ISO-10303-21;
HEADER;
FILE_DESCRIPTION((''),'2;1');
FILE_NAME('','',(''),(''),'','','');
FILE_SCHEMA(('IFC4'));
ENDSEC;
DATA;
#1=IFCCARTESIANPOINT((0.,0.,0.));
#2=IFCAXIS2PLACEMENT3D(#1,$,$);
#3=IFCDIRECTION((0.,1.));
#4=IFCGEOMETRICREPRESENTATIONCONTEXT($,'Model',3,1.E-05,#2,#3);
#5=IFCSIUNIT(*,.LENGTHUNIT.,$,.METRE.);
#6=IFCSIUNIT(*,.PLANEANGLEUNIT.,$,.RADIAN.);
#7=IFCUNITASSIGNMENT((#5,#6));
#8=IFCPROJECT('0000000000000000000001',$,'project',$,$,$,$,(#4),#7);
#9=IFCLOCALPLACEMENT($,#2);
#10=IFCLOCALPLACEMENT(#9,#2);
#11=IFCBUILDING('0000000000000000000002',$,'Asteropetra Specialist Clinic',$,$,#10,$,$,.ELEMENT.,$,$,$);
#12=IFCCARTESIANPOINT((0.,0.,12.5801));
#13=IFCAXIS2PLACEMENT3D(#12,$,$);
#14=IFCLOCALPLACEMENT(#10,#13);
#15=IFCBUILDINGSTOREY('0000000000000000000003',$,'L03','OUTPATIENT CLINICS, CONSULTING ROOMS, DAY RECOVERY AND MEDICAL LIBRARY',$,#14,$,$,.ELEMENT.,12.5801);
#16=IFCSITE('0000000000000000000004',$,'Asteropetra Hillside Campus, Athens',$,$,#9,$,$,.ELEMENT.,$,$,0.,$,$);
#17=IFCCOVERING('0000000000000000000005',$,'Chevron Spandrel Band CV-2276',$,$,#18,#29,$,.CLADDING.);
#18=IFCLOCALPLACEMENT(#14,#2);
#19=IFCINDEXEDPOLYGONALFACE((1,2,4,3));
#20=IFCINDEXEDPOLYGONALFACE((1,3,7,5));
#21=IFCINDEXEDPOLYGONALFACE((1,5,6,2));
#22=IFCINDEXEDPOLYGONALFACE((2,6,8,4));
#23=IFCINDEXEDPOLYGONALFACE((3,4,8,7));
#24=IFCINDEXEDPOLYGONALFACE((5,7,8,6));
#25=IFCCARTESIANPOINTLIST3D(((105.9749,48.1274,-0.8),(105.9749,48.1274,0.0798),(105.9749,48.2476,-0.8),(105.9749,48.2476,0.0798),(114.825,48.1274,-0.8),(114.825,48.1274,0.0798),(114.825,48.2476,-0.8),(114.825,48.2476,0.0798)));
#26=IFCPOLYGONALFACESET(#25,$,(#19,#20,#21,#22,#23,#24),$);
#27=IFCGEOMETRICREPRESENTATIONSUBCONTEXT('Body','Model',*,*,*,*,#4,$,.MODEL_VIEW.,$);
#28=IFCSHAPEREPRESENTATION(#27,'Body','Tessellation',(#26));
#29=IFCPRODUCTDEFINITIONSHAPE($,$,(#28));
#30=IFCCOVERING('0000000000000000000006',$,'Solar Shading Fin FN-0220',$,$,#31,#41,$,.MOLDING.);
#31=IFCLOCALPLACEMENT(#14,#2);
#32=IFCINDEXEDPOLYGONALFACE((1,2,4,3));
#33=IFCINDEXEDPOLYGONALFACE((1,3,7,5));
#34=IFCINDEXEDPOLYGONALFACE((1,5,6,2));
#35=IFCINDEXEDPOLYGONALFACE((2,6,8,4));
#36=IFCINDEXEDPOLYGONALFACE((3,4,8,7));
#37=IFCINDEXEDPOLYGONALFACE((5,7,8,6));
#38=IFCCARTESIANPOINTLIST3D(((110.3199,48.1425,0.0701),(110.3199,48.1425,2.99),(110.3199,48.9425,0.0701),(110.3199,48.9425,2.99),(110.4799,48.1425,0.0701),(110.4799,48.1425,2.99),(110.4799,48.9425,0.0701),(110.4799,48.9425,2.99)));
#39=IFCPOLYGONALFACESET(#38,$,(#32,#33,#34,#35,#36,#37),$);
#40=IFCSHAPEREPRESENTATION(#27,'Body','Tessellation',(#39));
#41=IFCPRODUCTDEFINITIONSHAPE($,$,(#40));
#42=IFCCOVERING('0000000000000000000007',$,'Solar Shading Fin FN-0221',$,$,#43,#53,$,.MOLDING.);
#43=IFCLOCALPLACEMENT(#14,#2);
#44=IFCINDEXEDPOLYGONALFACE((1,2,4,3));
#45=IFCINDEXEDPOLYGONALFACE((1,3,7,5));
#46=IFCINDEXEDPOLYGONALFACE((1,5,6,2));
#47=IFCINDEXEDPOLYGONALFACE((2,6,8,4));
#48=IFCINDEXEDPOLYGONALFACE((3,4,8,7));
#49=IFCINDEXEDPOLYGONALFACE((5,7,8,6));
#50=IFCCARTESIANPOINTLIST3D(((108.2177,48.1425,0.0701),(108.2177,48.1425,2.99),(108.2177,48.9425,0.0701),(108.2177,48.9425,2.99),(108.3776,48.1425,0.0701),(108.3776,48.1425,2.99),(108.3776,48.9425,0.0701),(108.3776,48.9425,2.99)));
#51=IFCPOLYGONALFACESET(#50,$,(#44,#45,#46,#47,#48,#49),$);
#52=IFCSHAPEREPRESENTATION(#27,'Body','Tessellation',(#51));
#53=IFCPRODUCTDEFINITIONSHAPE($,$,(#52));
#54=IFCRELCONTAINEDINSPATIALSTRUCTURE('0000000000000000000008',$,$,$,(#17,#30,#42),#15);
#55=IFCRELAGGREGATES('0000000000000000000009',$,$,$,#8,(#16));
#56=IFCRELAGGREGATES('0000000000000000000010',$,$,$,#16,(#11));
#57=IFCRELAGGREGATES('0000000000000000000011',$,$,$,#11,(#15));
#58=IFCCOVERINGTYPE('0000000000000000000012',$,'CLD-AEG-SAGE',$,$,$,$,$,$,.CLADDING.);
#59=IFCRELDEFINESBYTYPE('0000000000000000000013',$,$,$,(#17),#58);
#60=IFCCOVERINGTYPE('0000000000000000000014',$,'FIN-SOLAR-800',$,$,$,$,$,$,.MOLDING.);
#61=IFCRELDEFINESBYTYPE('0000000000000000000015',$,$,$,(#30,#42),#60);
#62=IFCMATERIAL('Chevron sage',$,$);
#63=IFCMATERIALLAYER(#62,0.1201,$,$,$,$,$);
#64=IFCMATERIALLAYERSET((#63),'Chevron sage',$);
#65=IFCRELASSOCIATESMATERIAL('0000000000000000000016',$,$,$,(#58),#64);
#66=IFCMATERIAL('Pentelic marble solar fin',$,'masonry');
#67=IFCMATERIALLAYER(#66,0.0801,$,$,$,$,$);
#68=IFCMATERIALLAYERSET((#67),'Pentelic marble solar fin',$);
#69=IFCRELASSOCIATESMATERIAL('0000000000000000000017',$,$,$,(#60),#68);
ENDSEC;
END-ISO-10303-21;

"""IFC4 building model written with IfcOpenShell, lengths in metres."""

from ifc_helpers import new_model, si_unit, direction, frame, origin, origin_2d, place, context, subcontext, project, spatial, rectangle, extrude, material, layer, layer_set, type_object, element, save


model = new_model("IFC4")

# Units and contexts
model_context = context("Model", 3, precision=1e-05, world=origin(), true_north=direction((0.0, 1.0)))
body_context = subcontext(model_context, "Body", "Model", "MODEL_VIEW")
ifc_project = project(units=[si_unit("LENGTHUNIT", "METRE"), si_unit("PLANEANGLEUNIT", "RADIAN")], contexts=[model_context])

# Site, building, storey
site_placement = place(None, origin())
site = spatial("IfcSite", under=ifc_project, at=site_placement, Name="Asteropetra Hillside Campus, Athens", CompositionType="ELEMENT", RefElevation=0.0)
building_placement = place(site_placement, origin())
building = spatial("IfcBuilding", under=site, at=building_placement, Name="Asteropetra Specialist Clinic", CompositionType="ELEMENT")
storey_placement = place(building_placement, frame((0.0, 0.0, 12.5801)))
storey = spatial("IfcBuildingStorey", under=building, at=storey_placement, Name="L03", Description="OUTPATIENT CLINICS, CONSULTING ROOMS, DAY RECOVERY AND MEDICAL LIBRARY", CompositionType="ELEMENT", Elevation=12.5801)

# Coverings
ifc_material_1 = material(Name="Chevron sage")
ifc_layer_1 = layer(ifc_material_1, 0.1201)
ifc_layer_set_1 = layer_set([ifc_layer_1], Name="Chevron sage")
covering_type_1 = type_object("IfcCoveringType", Name="CLD-AEG-SAGE", PredefinedType="CLADDING", material=ifc_layer_set_1)
covering_placement = place(storey_placement, frame((110.3999, 48.1875, -0.8), z_axis=(0.0, 0.0, 1.0), x_axis=(1.0, 0.0, 0.0)))
element("IfcCovering", 1, at=covering_placement, inside=storey, type_object=covering_type_1, Name="Chevron Spandrel Band CV-2276", PredefinedType="CLADDING", context=body_context, shape_type="SweptSolid", body=[
    extrude(rectangle(XDim=8.8501, YDim=0.1201, at=origin_2d()), origin(), (0.0, 0.0, 1.0), 0.8799),
])
ifc_material_2 = material(Name="Pentelic marble solar fin", Category="masonry")
ifc_layer_2 = layer(ifc_material_2, 0.0801)
ifc_layer_set_2 = layer_set([ifc_layer_2], Name="Pentelic marble solar fin")
covering_type_2 = type_object("IfcCoveringType", Name="FIN-SOLAR-800", PredefinedType="MOLDING", material=ifc_layer_set_2)
for number, where, z_axis, x_axis, name in (
    (2, (110.3999, 48.5425, 0.0701), (0.0, 0.0, 1.0), (1.0, 0.0, 0.0), "Solar Shading Fin FN-0220"),
    (3, (108.2976, 48.5425, 0.0701), (0.0, 0.0, 1.0), (1.0, 0.0, 0.0), "Solar Shading Fin FN-0221"),
):
    element("IfcCovering", number, at=place(storey_placement, frame(where, z_axis=z_axis, x_axis=x_axis)), inside=storey, type_object=covering_type_2, Name=name, PredefinedType="MOLDING", context=body_context, shape_type="SweptSolid", body=[
        extrude(rectangle(XDim=0.1599, YDim=0.8, at=origin_2d()), origin(), (0.0, 0.0, 1.0), 2.9199),
    ])

save(model, "model.ifc")
